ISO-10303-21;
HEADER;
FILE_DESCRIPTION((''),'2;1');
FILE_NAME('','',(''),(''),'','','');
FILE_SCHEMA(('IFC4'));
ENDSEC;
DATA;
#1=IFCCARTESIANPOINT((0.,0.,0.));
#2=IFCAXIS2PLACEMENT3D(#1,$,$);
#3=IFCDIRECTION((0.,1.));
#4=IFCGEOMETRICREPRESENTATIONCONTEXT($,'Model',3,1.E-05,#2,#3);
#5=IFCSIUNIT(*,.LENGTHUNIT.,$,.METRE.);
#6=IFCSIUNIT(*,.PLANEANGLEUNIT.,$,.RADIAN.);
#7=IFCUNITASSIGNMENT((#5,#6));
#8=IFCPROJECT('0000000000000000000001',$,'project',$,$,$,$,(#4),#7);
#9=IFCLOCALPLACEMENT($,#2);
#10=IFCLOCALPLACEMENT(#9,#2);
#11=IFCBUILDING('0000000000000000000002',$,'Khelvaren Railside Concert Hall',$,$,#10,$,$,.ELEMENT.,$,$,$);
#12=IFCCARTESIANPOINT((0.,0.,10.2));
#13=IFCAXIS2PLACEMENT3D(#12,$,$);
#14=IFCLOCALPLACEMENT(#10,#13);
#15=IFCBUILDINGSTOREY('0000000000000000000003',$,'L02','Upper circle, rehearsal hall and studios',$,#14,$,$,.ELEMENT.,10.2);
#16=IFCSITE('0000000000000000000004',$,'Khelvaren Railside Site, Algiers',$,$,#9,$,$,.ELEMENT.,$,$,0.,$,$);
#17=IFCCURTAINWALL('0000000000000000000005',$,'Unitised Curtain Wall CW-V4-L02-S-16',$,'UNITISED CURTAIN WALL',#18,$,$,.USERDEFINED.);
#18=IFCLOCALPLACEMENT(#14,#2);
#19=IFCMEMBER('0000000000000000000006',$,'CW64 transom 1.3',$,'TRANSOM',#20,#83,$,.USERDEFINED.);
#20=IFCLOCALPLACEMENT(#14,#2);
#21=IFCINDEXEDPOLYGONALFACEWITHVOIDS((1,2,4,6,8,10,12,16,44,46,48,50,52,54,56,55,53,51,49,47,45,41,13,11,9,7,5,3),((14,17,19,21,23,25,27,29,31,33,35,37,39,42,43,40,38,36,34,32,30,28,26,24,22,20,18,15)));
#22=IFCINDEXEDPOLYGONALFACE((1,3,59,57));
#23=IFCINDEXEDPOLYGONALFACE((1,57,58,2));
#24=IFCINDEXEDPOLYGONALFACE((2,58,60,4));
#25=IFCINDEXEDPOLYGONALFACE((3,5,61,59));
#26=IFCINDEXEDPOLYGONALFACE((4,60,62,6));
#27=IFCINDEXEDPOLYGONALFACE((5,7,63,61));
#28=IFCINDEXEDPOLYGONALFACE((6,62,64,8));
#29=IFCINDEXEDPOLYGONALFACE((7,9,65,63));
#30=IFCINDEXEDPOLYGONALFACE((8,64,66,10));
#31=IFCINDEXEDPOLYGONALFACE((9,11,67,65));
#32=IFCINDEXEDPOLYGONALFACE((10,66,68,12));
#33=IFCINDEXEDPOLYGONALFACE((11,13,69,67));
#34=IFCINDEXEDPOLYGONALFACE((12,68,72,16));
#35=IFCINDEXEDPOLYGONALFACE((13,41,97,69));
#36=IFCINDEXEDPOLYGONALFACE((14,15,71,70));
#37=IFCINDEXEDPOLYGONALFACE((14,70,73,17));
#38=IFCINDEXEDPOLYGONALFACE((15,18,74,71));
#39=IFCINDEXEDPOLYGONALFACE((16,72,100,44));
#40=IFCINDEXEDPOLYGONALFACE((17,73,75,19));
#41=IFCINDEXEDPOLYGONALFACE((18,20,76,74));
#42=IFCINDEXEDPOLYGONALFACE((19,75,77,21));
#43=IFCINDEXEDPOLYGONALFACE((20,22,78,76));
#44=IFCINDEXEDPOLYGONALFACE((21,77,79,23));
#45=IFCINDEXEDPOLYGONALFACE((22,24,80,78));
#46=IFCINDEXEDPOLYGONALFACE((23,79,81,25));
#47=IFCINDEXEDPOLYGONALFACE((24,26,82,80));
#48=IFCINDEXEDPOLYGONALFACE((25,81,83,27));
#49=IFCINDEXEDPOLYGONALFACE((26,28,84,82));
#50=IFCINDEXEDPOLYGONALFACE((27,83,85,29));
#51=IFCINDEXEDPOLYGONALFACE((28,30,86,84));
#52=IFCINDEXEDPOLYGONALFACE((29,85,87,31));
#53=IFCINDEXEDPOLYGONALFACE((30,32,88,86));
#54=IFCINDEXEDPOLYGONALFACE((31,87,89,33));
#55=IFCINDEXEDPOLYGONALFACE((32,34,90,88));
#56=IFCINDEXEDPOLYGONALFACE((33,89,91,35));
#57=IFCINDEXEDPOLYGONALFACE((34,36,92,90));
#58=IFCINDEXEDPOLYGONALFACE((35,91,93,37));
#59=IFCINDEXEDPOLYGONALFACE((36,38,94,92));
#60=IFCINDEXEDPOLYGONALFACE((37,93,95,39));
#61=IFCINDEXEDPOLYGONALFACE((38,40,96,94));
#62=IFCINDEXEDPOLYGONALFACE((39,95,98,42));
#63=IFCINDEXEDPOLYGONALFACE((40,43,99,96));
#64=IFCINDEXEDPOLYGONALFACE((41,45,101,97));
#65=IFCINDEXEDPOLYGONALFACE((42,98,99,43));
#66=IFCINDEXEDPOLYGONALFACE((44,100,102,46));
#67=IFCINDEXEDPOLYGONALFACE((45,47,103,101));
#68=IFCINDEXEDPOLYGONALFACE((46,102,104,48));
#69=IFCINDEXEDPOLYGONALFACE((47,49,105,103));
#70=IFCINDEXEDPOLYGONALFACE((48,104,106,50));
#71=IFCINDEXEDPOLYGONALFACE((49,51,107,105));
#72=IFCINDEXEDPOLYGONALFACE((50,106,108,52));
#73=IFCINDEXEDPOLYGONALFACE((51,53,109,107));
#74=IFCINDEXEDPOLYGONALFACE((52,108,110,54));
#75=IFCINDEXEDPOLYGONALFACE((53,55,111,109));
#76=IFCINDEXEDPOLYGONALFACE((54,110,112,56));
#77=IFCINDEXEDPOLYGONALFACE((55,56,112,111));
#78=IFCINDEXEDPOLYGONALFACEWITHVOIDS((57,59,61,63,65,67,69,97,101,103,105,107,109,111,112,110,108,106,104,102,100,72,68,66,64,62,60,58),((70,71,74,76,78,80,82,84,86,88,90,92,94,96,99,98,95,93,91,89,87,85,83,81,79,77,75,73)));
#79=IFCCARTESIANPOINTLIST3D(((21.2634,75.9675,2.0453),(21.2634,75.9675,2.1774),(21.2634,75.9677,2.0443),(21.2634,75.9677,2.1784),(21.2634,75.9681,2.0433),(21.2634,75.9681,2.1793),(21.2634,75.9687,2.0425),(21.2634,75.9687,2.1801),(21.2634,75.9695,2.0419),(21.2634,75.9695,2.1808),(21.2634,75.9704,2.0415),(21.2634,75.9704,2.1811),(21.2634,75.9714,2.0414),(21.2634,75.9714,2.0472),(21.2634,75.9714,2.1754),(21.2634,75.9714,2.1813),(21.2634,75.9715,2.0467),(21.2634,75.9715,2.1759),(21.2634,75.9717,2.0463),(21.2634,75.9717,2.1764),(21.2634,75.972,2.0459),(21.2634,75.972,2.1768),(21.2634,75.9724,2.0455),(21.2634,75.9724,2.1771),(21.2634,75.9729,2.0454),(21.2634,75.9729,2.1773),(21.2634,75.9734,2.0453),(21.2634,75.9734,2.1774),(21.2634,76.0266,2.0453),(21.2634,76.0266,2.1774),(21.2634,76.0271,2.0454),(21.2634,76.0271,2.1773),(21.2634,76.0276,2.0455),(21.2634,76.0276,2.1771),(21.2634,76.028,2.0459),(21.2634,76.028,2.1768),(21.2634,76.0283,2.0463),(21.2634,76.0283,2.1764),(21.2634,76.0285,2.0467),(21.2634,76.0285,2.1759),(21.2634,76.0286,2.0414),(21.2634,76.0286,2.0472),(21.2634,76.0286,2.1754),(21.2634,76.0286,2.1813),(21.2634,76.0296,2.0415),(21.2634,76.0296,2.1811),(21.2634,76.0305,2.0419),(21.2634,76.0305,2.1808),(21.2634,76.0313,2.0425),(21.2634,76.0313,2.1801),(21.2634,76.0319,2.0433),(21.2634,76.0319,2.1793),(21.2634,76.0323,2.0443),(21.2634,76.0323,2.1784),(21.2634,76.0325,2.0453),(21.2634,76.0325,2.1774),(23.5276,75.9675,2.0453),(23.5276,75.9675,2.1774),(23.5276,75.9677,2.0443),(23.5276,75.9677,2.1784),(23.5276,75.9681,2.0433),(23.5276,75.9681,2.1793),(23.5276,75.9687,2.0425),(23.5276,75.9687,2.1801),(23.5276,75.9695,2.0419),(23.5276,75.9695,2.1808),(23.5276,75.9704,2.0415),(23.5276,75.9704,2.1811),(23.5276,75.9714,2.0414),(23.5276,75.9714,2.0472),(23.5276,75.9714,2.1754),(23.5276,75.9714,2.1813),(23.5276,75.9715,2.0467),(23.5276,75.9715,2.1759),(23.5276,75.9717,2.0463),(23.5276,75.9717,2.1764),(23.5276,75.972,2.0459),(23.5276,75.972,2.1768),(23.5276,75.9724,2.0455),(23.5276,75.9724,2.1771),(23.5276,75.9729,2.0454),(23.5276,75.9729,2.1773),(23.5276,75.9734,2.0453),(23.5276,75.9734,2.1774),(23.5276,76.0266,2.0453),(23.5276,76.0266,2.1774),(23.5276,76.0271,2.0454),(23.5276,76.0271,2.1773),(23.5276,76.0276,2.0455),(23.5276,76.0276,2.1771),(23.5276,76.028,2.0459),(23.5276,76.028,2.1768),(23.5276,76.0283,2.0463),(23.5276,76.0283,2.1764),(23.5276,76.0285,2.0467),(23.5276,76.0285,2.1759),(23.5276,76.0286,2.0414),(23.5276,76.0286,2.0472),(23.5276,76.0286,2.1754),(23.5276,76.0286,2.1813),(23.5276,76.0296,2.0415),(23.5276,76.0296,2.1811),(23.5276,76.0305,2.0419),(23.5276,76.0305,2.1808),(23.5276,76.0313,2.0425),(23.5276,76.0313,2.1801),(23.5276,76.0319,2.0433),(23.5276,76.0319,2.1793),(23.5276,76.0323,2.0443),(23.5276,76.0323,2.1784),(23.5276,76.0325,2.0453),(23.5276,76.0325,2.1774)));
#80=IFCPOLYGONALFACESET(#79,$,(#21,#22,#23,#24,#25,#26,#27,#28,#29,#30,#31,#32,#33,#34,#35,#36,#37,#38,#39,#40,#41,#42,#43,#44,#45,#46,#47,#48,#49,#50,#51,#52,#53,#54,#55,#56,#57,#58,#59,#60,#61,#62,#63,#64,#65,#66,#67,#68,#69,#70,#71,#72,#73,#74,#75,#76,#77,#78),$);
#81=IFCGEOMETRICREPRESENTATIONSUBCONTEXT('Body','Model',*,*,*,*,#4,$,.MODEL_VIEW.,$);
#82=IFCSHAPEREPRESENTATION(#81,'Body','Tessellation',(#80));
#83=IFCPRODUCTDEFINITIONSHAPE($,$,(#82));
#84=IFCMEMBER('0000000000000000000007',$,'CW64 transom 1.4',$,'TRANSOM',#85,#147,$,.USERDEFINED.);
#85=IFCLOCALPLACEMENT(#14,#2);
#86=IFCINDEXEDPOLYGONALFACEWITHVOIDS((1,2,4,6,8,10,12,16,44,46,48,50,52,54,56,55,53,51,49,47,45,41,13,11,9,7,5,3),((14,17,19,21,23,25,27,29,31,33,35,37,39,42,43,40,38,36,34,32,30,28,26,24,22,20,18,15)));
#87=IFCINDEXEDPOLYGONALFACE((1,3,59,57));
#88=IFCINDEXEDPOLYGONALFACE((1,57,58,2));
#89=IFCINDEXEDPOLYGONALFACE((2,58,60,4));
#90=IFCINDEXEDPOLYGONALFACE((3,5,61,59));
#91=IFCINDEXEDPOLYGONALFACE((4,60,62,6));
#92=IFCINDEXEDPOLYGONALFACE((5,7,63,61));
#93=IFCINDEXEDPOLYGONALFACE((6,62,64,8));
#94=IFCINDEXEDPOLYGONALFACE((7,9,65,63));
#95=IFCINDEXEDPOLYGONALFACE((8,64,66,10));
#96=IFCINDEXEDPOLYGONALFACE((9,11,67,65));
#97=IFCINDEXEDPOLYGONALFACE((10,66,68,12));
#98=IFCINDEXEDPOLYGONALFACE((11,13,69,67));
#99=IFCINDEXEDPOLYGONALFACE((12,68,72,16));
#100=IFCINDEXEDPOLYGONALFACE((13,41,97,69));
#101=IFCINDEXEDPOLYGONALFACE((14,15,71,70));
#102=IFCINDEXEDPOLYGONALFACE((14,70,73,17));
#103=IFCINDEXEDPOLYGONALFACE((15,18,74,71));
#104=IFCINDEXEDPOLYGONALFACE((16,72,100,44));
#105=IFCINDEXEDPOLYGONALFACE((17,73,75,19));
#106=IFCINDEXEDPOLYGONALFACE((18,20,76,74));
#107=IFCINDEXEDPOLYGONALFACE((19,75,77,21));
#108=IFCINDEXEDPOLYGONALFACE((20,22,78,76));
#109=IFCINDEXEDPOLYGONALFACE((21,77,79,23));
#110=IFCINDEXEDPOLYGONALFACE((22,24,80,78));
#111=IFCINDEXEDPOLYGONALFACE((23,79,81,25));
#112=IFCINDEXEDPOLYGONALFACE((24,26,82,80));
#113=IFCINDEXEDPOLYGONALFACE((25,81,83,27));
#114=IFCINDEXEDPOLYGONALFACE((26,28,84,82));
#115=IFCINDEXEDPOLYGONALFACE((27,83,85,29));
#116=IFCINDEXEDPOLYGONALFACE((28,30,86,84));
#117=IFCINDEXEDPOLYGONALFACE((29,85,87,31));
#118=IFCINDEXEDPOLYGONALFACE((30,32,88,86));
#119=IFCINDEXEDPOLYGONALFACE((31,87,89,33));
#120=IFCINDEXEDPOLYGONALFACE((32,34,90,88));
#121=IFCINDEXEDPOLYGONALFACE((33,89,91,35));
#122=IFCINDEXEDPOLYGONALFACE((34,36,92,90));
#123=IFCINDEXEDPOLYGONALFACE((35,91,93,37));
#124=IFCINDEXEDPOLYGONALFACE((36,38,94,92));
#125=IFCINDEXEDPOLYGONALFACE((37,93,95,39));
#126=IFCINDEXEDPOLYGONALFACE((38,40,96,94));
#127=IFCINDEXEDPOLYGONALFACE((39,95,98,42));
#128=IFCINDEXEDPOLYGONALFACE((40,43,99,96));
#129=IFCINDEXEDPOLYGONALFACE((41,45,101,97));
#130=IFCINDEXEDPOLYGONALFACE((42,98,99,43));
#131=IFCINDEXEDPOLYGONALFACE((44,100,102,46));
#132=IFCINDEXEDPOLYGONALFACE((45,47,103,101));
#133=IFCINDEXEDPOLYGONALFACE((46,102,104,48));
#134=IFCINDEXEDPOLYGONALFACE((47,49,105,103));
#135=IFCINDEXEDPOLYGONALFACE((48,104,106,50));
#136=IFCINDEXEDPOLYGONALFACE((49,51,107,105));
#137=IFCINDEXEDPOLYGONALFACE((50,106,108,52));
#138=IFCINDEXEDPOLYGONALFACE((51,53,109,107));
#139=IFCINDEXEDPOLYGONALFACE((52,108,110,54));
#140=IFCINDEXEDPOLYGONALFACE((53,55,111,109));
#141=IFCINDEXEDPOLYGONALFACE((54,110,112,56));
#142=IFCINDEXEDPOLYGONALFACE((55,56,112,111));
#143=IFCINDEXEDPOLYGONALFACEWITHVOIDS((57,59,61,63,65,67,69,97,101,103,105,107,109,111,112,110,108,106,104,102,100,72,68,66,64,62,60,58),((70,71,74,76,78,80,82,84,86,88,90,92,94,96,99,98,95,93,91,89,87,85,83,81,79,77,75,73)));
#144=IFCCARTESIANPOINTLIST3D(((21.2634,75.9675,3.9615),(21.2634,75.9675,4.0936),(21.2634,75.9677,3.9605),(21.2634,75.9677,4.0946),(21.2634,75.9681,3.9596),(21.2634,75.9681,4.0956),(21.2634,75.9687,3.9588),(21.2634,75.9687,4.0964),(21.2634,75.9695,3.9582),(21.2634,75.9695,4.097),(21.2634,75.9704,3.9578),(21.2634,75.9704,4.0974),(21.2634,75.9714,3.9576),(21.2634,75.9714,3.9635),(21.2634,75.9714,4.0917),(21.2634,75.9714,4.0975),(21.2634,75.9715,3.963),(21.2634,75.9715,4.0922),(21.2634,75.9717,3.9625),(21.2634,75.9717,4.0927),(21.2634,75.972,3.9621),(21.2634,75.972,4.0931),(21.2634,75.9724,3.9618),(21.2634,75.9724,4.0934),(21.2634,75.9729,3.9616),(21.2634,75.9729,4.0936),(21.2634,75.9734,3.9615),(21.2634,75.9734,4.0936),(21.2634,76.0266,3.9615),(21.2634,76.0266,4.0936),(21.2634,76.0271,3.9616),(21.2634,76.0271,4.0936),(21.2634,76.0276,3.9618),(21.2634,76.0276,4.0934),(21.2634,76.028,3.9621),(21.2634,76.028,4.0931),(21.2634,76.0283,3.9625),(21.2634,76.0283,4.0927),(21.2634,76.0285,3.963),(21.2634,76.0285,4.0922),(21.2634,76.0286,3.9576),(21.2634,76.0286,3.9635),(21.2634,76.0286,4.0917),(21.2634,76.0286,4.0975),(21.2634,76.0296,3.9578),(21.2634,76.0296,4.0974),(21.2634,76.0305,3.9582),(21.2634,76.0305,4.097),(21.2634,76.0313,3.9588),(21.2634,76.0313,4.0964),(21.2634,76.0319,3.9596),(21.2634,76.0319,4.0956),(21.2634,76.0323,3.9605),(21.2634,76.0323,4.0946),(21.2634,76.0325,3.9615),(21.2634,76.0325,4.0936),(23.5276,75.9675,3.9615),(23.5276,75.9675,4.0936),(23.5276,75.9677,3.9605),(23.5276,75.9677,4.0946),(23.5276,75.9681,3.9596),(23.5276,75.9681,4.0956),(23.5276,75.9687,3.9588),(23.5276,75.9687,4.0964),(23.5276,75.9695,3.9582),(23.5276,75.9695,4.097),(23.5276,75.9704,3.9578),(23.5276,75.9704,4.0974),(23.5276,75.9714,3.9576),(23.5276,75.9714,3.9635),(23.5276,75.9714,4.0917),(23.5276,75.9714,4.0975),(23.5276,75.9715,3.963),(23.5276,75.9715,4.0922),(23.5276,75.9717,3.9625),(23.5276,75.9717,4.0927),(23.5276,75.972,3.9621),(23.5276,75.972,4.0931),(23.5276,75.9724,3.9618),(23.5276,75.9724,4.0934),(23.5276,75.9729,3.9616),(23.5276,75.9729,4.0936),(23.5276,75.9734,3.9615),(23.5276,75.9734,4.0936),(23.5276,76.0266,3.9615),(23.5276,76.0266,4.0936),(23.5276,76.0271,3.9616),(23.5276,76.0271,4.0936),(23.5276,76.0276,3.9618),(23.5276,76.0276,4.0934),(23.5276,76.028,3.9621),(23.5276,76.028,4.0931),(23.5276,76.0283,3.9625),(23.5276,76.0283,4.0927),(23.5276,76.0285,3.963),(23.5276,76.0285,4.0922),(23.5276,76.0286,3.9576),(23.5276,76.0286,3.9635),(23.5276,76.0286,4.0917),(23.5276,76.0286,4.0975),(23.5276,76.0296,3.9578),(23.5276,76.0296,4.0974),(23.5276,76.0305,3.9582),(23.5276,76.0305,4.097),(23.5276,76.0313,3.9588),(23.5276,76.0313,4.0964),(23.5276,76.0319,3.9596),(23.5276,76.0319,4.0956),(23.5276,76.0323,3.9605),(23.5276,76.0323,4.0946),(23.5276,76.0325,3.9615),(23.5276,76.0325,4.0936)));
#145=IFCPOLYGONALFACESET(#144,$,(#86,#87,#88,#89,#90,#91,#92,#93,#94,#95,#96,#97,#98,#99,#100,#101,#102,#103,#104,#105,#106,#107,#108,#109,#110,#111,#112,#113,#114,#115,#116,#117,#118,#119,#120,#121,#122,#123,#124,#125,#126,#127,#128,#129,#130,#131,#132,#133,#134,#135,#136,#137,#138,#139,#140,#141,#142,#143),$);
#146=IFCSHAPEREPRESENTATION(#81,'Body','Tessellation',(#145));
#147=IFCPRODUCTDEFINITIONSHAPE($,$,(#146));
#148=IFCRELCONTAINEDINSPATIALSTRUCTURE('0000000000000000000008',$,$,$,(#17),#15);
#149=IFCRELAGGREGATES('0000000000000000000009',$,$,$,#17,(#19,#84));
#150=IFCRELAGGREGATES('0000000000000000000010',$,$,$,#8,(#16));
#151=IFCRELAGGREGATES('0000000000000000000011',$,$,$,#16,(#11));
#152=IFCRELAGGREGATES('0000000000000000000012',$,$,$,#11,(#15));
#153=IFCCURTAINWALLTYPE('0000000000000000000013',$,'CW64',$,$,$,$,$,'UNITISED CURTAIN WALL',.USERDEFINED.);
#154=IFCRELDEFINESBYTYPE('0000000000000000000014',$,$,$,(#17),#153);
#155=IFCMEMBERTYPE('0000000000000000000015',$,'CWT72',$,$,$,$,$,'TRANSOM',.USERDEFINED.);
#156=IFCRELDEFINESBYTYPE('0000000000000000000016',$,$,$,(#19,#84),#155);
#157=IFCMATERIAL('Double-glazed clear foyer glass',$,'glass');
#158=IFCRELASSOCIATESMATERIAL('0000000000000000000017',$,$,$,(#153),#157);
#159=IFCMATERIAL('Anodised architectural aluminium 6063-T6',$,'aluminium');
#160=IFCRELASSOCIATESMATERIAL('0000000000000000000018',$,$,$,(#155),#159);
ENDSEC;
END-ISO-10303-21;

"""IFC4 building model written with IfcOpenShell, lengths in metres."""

from ifc_helpers import new_model, si_unit, direction, frame, origin, origin_2d, place, context, subcontext, project, spatial, hollow_rectangle, extrude, material, material_profile, profile_set, type_object, element, aggregate, save


model = new_model("IFC4")

# Units and contexts
model_context = context("Model", 3, precision=1e-05, world=origin(), true_north=direction((0.0, 1.0)))
body_context = subcontext(model_context, "Body", "Model", "MODEL_VIEW")
ifc_project = project(units=[si_unit("LENGTHUNIT", "METRE"), si_unit("PLANEANGLEUNIT", "RADIAN")], contexts=[model_context])

# Site, building, storey
site_placement = place(None, origin())
site = spatial("IfcSite", under=ifc_project, at=site_placement, Name="Khelvaren Railside Site, Algiers", CompositionType="ELEMENT", RefElevation=0.0)
building_placement = place(site_placement, origin())
building = spatial("IfcBuilding", under=site, at=building_placement, Name="Khelvaren Railside Concert Hall", CompositionType="ELEMENT")
storey_placement = place(building_placement, frame((0.0, 0.0, 10.2)))
storey = spatial("IfcBuildingStorey", under=building, at=storey_placement, Name="L02", Description="Upper circle, rehearsal hall and studios", CompositionType="ELEMENT", Elevation=10.2)

# Curtain wall, members
ifc_material_1 = material(Name="Double-glazed clear foyer glass", Category="glass")
curtain_wall_type = type_object("IfcCurtainWallType", Name="CW64", ElementType="UNITISED CURTAIN WALL", PredefinedType="USERDEFINED", material=ifc_material_1)
curtain_wall_placement = place(storey_placement, origin())
curtain_wall = element("IfcCurtainWall", 1, at=curtain_wall_placement, inside=storey, type_object=curtain_wall_type, Name="Unitised Curtain Wall CW-V4-L02-S-16", ObjectType="UNITISED CURTAIN WALL", PredefinedType="USERDEFINED")
ifc_material_2 = material(Name="Anodised architectural aluminium 6063-T6", Category="aluminium")
ifc_material_profile_1 = material_profile(ifc_material_2, hollow_rectangle(XDim=0.0649, YDim=0.1399, WallThickness=0.0039, InnerFilletRadius=0.002, OuterFilletRadius=0.0039, at=origin_2d()), Name="CWT 65x140x4")
ifc_profile_set_1 = profile_set([ifc_material_profile_1], Name="Anodised architectural aluminium 6063-T6")
member_type_1 = type_object("IfcMemberType", Name="CWT72", ElementType="TRANSOM", PredefinedType="USERDEFINED", material=ifc_profile_set_1)
member_1_placement = place(storey_placement, frame((23.5276, 76.0, 2.1113), z_axis=(-1.0, 0.0, 0.0), x_axis=(0.0, -1.0, 0.0)))
member_1 = element("IfcMember", 2, at=member_1_placement, type_object=member_type_1, Name="CW64 transom 1.3", ObjectType="TRANSOM", PredefinedType="USERDEFINED", context=body_context, shape_type="SweptSolid", body=[
    extrude(hollow_rectangle(XDim=0.0649, YDim=0.1399, WallThickness=0.0039, InnerFilletRadius=0.002, OuterFilletRadius=0.0039, at=origin_2d()), origin(), (0.0, 0.0, 1.0), 2.2642),
])
member_2_placement = place(storey_placement, frame((23.5276, 76.0, 4.0276), z_axis=(-1.0, 0.0, 0.0), x_axis=(0.0, -1.0, 0.0)))
member_2 = element("IfcMember", 3, at=member_2_placement, type_object=member_type_1, Name="CW64 transom 1.4", ObjectType="TRANSOM", PredefinedType="USERDEFINED", context=body_context, shape_type="SweptSolid", body=[
    extrude(hollow_rectangle(XDim=0.0649, YDim=0.1399, WallThickness=0.0039, InnerFilletRadius=0.002, OuterFilletRadius=0.0039, at=origin_2d()), origin(), (0.0, 0.0, 1.0), 2.2642),
])

aggregate(curtain_wall, [member_1, member_2])

save(model, "model.ifc")
